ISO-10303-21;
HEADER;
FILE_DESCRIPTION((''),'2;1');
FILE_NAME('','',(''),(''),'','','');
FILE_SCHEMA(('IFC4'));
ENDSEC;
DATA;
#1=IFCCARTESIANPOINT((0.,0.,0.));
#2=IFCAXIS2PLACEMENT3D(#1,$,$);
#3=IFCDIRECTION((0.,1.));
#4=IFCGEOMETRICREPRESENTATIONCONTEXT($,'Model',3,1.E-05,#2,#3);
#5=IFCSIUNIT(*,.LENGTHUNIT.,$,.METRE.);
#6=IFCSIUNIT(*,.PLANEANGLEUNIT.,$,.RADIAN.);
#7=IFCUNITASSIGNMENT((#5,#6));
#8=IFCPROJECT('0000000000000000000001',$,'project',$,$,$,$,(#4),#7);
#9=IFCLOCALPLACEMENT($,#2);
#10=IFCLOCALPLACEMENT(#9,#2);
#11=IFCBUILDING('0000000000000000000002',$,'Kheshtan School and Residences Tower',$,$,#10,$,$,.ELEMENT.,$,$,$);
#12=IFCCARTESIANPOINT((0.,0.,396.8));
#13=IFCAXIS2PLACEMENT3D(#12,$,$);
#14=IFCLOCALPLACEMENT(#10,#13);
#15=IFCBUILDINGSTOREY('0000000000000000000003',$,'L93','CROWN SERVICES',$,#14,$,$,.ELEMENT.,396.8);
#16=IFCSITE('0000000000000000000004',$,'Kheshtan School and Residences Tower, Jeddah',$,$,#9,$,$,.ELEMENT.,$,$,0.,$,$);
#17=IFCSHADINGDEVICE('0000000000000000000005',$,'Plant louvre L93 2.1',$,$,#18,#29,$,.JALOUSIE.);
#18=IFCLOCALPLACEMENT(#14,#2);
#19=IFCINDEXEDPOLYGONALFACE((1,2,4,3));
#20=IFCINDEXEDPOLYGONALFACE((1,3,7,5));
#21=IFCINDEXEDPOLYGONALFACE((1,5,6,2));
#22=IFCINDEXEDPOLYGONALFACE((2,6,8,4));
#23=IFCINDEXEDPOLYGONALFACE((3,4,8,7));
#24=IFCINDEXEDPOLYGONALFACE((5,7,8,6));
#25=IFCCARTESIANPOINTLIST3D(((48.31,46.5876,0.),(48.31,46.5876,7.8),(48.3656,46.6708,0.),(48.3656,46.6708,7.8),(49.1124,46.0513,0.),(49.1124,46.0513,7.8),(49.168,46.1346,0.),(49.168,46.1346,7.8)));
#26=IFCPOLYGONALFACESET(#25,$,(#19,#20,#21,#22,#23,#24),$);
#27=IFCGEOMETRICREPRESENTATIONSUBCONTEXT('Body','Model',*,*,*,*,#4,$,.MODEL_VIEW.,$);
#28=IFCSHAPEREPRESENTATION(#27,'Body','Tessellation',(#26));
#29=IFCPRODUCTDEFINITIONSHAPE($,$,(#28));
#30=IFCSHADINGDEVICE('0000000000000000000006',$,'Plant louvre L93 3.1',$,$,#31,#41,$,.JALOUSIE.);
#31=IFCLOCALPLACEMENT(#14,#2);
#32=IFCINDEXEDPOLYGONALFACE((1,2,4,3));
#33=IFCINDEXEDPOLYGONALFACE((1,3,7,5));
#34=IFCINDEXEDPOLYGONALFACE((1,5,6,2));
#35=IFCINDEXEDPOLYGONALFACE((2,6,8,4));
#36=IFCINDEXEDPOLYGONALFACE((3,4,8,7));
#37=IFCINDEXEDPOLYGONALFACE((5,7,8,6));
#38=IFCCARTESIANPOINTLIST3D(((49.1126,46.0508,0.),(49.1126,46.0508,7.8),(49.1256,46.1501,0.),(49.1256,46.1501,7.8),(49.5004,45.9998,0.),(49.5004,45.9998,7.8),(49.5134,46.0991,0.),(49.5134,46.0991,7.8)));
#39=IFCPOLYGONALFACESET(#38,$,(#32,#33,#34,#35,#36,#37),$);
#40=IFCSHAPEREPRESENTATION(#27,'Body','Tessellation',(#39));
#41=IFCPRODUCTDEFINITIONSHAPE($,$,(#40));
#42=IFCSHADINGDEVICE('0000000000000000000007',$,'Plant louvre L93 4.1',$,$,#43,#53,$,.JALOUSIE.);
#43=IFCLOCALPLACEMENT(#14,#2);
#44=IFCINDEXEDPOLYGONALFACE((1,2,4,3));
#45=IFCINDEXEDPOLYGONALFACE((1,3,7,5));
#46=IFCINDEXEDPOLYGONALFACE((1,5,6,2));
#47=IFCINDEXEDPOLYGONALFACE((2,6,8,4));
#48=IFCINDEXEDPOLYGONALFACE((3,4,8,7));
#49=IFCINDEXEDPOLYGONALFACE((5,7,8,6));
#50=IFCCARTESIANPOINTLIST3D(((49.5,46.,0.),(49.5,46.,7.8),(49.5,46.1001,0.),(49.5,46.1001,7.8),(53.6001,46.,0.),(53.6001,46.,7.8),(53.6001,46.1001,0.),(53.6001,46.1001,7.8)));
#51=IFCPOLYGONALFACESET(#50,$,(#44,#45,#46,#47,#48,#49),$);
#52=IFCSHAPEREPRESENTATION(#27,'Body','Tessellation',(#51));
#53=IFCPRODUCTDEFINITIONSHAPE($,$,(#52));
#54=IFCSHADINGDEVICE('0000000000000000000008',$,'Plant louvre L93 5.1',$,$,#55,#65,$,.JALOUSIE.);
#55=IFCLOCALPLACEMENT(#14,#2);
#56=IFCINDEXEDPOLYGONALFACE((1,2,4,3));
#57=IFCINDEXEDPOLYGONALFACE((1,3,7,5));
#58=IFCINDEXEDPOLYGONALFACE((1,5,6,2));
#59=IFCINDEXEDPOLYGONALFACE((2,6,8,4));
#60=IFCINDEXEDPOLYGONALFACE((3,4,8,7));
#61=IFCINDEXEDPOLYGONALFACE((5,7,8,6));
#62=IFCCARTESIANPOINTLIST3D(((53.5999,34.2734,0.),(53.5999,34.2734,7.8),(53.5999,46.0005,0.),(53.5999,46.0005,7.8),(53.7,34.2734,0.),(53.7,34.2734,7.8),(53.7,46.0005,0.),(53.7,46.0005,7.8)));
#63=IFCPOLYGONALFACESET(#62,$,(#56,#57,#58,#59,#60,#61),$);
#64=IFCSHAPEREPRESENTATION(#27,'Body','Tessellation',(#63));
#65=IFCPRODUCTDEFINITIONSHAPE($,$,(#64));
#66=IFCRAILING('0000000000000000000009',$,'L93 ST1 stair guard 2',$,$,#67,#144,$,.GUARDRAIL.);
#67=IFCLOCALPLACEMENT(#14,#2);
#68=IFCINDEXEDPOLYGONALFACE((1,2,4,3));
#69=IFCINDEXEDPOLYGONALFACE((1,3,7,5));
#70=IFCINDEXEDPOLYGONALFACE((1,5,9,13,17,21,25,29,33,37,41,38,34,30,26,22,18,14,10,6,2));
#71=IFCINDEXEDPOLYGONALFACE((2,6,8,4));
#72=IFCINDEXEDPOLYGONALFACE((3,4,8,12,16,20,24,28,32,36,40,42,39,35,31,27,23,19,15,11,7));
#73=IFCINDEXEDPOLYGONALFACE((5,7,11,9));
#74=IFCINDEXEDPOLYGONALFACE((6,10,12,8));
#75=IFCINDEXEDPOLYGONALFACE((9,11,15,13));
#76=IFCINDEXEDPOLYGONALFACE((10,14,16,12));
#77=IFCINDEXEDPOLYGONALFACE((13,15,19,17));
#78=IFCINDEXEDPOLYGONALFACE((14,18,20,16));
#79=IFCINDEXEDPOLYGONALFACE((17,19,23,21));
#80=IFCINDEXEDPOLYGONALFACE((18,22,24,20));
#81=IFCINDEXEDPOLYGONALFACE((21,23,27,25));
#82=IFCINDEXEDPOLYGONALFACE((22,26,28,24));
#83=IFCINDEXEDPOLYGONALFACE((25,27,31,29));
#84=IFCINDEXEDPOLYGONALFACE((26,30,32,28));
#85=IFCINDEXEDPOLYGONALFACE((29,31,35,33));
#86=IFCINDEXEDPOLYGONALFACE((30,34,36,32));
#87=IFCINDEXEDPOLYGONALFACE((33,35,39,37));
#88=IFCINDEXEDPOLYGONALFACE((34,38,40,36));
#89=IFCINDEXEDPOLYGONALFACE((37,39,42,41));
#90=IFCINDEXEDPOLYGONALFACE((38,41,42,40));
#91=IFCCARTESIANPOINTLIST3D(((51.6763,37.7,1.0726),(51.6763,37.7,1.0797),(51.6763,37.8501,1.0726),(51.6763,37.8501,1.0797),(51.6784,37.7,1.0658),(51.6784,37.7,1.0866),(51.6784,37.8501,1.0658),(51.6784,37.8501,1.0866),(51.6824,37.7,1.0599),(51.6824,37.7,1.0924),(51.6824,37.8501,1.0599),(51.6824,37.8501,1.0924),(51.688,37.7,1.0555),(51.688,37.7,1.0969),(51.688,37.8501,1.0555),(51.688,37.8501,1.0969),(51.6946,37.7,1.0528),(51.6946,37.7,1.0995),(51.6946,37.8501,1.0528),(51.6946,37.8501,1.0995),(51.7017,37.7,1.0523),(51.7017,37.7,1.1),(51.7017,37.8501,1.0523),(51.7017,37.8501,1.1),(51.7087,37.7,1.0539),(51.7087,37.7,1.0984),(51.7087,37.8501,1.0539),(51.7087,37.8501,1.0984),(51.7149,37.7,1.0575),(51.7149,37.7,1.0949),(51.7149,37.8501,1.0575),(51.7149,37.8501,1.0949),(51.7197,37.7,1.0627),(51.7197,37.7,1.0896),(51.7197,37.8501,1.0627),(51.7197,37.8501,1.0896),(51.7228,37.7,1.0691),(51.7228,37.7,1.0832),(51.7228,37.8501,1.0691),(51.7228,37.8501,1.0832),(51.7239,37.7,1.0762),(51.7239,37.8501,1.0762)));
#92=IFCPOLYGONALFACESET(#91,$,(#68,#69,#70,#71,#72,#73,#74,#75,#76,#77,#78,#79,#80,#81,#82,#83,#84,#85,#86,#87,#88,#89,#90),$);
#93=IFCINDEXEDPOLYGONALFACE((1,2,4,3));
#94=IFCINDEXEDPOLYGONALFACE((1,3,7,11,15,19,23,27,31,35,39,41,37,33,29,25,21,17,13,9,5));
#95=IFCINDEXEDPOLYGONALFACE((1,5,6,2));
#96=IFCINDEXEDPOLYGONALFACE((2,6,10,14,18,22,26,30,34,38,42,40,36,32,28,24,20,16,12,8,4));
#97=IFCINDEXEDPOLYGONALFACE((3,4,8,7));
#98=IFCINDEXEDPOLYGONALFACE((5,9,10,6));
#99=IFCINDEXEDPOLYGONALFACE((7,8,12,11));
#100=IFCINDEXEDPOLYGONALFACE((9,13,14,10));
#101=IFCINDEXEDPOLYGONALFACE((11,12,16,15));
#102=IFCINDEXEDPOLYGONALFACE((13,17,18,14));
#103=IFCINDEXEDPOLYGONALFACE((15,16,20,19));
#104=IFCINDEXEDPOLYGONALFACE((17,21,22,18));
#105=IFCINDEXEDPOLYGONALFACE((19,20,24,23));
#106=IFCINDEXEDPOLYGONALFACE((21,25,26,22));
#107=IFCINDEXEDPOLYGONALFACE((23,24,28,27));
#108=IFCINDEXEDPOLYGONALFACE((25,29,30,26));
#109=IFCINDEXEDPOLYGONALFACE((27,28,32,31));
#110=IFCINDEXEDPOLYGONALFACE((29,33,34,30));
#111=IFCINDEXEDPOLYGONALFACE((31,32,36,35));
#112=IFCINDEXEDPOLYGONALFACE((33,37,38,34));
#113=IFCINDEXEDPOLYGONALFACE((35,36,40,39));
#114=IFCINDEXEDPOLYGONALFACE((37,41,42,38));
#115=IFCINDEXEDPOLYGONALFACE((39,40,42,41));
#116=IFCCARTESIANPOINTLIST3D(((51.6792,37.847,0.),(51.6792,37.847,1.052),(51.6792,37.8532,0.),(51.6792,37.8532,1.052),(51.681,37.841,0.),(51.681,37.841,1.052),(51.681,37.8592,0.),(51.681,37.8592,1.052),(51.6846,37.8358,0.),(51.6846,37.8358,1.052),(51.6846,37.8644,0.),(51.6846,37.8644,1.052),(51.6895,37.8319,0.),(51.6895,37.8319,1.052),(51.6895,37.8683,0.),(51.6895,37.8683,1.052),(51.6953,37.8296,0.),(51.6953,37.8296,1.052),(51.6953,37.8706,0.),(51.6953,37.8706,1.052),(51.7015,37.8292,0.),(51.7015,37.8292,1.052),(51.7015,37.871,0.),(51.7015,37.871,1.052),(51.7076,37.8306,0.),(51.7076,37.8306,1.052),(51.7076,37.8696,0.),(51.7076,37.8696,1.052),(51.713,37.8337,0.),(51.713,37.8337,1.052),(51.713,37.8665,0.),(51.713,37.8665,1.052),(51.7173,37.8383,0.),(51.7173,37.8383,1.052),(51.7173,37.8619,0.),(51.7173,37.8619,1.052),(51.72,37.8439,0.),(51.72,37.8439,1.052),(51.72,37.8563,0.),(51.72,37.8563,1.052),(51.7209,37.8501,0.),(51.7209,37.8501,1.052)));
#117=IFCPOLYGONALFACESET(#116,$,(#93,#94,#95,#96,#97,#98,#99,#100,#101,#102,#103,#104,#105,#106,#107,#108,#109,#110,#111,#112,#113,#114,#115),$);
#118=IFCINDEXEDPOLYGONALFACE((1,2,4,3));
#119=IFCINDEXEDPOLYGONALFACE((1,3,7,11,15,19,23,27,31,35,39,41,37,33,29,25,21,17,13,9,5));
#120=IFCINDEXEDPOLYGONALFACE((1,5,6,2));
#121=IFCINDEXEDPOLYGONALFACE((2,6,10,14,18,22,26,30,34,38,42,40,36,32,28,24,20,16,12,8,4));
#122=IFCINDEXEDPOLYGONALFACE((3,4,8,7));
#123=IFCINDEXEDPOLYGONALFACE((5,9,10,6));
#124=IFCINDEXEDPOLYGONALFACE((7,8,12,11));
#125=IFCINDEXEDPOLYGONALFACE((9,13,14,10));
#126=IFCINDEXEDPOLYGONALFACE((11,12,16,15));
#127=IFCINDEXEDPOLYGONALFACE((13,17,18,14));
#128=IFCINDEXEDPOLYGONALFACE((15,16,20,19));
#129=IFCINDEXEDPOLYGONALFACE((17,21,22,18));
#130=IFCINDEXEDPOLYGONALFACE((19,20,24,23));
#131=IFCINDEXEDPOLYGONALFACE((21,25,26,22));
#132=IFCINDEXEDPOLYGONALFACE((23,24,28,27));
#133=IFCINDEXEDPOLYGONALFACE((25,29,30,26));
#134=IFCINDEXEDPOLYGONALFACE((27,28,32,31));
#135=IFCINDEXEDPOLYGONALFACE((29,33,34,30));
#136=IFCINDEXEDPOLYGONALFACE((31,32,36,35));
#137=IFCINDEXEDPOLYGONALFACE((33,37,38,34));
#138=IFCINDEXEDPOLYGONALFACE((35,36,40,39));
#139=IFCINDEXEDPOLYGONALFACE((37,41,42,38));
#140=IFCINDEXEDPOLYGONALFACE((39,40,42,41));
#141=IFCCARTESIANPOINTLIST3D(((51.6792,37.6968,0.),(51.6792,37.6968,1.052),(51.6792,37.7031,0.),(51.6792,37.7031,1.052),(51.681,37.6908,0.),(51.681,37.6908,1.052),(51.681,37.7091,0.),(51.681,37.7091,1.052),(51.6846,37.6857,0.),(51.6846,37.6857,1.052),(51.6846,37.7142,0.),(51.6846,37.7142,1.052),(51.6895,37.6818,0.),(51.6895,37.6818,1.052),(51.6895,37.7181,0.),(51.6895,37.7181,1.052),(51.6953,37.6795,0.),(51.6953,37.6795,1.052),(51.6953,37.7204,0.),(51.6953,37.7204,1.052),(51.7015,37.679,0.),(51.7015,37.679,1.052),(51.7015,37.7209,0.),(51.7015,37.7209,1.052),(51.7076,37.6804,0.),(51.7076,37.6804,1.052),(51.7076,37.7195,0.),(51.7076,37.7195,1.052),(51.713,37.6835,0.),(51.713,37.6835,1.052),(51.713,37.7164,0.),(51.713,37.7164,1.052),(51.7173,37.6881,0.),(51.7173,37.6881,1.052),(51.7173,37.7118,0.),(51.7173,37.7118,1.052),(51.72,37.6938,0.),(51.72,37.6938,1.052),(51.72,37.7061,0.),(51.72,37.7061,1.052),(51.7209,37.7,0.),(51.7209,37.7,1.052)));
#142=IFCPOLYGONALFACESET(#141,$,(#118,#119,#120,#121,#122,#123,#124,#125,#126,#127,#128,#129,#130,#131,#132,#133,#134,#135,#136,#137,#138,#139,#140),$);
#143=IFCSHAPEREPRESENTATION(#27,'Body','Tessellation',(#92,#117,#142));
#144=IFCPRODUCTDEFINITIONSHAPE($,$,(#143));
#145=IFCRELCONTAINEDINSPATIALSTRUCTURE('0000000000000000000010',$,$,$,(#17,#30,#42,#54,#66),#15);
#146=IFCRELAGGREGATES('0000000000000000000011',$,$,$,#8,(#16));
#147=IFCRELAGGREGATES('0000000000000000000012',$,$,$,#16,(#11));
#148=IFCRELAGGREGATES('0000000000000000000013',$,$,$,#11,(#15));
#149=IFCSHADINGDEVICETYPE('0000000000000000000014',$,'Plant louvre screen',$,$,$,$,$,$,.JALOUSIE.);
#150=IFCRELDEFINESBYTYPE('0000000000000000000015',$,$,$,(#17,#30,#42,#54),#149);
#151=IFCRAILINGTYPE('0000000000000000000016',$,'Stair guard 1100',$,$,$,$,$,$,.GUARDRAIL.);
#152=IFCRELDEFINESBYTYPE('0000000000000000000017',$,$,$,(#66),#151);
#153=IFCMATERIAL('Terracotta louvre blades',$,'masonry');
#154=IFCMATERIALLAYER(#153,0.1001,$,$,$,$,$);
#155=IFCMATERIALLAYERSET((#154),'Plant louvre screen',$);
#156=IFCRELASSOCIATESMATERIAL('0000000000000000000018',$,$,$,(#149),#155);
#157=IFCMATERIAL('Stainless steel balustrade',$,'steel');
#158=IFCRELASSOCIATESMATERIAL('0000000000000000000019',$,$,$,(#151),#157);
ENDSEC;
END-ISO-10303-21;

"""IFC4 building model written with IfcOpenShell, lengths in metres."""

from ifc_helpers import new_model, si_unit, direction, frame, origin, origin_2d, place, context, subcontext, project, spatial, rectangle, circle, extrude, material, layer, layer_set, type_object, element, save


model = new_model("IFC4")

# Units and contexts
model_context = context("Model", 3, precision=1e-05, world=origin(), true_north=direction((0.0, 1.0)))
body_context = subcontext(model_context, "Body", "Model", "MODEL_VIEW")
ifc_project = project(units=[si_unit("LENGTHUNIT", "METRE"), si_unit("PLANEANGLEUNIT", "RADIAN")], contexts=[model_context])

# Site, building, storey
site_placement = place(None, origin())
site = spatial("IfcSite", under=ifc_project, at=site_placement, Name="Kheshtan School and Residences Tower, Jeddah", CompositionType="ELEMENT", RefElevation=0.0)
building_placement = place(site_placement, origin())
building = spatial("IfcBuilding", under=site, at=building_placement, Name="Kheshtan School and Residences Tower", CompositionType="ELEMENT")
storey_placement = place(building_placement, frame((0.0, 0.0, 396.8)))
storey = spatial("IfcBuildingStorey", under=building, at=storey_placement, Name="L93", Description="CROWN SERVICES", CompositionType="ELEMENT", Elevation=396.8)

# Shading devices
ifc_material_1 = material(Name="Terracotta louvre blades", Category="masonry")
ifc_layer_1 = layer(ifc_material_1, 0.1001)
ifc_layer_set_1 = layer_set([ifc_layer_1], Name="Plant louvre screen")
shading_device_type = type_object("IfcShadingDeviceType", Name="Plant louvre screen", PredefinedType="JALOUSIE", material=ifc_layer_set_1)
shading_device_1_placement = place(storey_placement, frame((48.739, 46.3611, 0.0), z_axis=(0.0, 0.0, 1.0), x_axis=(0.831411, -0.555657, 0.0)))
element("IfcShadingDevice", 1, at=shading_device_1_placement, inside=storey, type_object=shading_device_type, Name="Plant louvre L93 2.1", PredefinedType="JALOUSIE", context=body_context, shape_type="SweptSolid", body=[
    extrude(rectangle(XDim=0.9651, YDim=0.1001, at=origin_2d()), origin(), (0.0, 0.0, 1.0), 7.8),
])
shading_device_2_placement = place(storey_placement, frame((49.313, 46.075, 0.0), z_axis=(0.0, 0.0, 1.0), x_axis=(0.991472, -0.130319, 0.0)))
element("IfcShadingDevice", 2, at=shading_device_2_placement, inside=storey, type_object=shading_device_type, Name="Plant louvre L93 3.1", PredefinedType="JALOUSIE", context=body_context, shape_type="SweptSolid", body=[
    extrude(rectangle(XDim=0.3911, YDim=0.1001, at=origin_2d()), origin(), (0.0, 0.0, 1.0), 7.8),
])
shading_device_3_placement = place(storey_placement, frame((51.55, 46.05, 0.0), z_axis=(0.0, 0.0, 1.0), x_axis=(1.0, 0.0, 0.0)))
element("IfcShadingDevice", 3, at=shading_device_3_placement, inside=storey, type_object=shading_device_type, Name="Plant louvre L93 4.1", PredefinedType="JALOUSIE", context=body_context, shape_type="SweptSolid", body=[
    extrude(rectangle(XDim=4.1001, YDim=0.1001, at=origin_2d()), origin(), (0.0, 0.0, 1.0), 7.8),
])
shading_device_4_placement = place(storey_placement, frame((53.6499, 40.137, 0.0), z_axis=(0.0, 0.0, 1.0), x_axis=(0.0, -1.0, 0.0)))
element("IfcShadingDevice", 4, at=shading_device_4_placement, inside=storey, type_object=shading_device_type, Name="Plant louvre L93 5.1", PredefinedType="JALOUSIE", context=body_context, shape_type="SweptSolid", body=[
    extrude(rectangle(XDim=11.7271, YDim=0.1001, at=origin_2d()), origin(), (0.0, 0.0, 1.0), 7.8),
])

# Railing
ifc_material_2 = material(Name="Stainless steel balustrade", Category="steel")
railing_type_1 = type_object("IfcRailingType", Name="Stair guard 1100", PredefinedType="GUARDRAIL", material=ifc_material_2)
railing_1_placement = place(storey_placement, frame((51.7, 37.8501, 0.0)))
element("IfcRailing", 5, at=railing_1_placement, inside=storey, type_object=railing_type_1, Name="L93 ST1 stair guard 2", PredefinedType="GUARDRAIL", context=body_context, shape_type="SweptSolid", body=[
    extrude(circle(Radius=0.0239, at=origin_2d()), frame((0.0, 0.0, 1.0762), z_axis=(0.0, -1.0, 0.0), x_axis=(1.0, 0.0, 0.0)), (0.0, 0.0, 1.0), 0.1501),
    extrude(circle(Radius=0.021, at=origin_2d()), origin(), (0.0, 0.0, 1.0), 1.052),
    extrude(circle(Radius=0.021, at=origin_2d()), frame((0.0, -0.1501, 0.0)), (0.0, 0.0, 1.0), 1.052),
])

save(model, "model.ifc")
